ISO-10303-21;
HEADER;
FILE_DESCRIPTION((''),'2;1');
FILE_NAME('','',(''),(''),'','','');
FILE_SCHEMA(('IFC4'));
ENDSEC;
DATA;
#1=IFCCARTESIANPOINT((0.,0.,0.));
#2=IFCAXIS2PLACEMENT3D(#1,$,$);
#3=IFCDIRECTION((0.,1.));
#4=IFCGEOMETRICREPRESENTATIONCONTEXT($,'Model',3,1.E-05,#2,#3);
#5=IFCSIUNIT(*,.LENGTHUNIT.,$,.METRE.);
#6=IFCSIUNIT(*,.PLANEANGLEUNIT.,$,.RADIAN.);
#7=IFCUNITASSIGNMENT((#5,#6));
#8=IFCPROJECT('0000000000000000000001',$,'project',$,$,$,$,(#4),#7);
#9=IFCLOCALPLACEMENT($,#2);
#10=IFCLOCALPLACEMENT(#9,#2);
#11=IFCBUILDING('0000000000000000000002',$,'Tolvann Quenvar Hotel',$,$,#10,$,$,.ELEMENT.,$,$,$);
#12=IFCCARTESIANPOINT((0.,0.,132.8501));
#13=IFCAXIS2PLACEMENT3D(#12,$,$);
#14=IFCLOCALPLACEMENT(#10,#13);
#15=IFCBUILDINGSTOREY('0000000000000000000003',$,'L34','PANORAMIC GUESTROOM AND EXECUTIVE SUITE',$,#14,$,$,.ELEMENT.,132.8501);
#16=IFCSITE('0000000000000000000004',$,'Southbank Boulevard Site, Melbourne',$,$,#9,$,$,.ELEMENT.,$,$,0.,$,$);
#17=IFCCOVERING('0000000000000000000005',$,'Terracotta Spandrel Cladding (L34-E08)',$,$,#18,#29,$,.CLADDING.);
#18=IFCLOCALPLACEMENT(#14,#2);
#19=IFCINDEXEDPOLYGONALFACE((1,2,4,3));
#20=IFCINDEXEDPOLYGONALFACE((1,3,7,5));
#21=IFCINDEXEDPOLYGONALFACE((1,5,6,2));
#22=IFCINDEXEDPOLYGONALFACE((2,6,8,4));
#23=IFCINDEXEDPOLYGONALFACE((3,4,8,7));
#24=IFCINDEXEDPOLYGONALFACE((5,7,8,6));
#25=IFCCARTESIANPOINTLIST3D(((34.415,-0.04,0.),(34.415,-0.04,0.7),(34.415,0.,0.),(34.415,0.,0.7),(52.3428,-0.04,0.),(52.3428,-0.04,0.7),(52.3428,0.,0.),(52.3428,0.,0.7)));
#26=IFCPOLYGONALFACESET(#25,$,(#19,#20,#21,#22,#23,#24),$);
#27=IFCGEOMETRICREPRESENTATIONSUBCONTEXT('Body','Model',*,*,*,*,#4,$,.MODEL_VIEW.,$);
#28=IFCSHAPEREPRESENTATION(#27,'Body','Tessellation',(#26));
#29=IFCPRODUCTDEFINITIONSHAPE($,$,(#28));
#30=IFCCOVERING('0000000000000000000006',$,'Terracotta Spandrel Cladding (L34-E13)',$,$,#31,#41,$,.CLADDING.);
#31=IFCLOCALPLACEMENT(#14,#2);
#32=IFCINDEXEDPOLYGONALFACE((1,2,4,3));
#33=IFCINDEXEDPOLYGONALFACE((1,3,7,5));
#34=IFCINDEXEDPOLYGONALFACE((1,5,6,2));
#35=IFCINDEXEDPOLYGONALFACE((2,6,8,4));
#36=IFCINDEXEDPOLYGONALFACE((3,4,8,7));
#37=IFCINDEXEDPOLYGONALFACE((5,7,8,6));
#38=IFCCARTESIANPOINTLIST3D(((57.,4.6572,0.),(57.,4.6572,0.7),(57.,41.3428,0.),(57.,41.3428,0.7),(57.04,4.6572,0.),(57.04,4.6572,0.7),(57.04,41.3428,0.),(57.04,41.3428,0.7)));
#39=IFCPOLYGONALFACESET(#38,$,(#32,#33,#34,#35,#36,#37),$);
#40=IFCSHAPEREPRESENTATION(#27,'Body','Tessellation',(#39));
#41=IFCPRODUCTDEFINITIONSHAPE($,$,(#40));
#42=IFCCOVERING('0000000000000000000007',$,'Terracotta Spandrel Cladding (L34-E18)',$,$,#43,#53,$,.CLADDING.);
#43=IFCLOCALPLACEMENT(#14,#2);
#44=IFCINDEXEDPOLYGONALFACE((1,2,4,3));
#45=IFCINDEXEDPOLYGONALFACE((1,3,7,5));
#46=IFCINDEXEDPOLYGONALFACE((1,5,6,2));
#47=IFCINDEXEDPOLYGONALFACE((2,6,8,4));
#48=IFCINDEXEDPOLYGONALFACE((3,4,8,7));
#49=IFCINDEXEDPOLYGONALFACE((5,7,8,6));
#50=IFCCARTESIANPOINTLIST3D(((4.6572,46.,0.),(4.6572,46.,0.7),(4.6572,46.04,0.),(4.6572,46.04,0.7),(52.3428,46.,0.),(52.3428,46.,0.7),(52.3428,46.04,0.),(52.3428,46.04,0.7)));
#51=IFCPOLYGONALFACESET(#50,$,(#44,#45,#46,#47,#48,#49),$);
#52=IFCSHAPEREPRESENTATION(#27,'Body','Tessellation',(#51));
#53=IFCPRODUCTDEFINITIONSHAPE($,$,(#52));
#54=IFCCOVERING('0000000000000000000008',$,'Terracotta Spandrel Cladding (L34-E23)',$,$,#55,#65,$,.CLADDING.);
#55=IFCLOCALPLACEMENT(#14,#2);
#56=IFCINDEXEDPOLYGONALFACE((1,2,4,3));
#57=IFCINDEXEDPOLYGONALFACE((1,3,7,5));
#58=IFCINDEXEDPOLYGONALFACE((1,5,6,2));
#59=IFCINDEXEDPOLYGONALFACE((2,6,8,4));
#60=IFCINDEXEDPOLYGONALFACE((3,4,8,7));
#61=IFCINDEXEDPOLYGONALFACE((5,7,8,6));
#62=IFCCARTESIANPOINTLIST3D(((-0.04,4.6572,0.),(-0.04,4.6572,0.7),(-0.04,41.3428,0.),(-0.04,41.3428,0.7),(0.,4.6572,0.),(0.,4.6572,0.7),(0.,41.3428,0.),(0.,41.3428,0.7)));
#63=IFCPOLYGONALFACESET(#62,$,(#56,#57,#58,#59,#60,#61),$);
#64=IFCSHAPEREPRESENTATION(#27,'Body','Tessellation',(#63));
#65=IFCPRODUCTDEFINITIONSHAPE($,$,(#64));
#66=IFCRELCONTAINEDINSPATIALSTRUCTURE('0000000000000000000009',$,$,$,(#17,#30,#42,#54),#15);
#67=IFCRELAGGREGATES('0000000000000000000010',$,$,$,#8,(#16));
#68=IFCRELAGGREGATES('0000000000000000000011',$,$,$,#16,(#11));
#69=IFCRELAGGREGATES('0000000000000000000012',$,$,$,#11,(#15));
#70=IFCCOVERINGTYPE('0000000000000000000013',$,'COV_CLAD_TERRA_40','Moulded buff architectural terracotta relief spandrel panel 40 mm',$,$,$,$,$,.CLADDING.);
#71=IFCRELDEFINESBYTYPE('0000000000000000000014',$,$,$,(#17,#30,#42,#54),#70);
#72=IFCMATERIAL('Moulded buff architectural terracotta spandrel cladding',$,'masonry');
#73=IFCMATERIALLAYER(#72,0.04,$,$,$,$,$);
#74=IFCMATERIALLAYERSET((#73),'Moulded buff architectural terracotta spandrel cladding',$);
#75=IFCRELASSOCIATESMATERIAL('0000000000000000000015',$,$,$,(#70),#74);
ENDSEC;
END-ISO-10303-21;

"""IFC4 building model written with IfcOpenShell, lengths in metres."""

from ifc_helpers import new_model, si_unit, direction, frame, origin, place, context, subcontext, project, spatial, polyline, outline, extrude, material, layer, layer_set, type_object, element, save


model = new_model("IFC4")

# Units and contexts
model_context = context("Model", 3, precision=1e-05, world=origin(), true_north=direction((0.0, 1.0)))
body_context = subcontext(model_context, "Body", "Model", "MODEL_VIEW")
ifc_project = project(units=[si_unit("LENGTHUNIT", "METRE"), si_unit("PLANEANGLEUNIT", "RADIAN")], contexts=[model_context])

# Site, building, storey
site_placement = place(None, origin())
site = spatial("IfcSite", under=ifc_project, at=site_placement, Name="Southbank Boulevard Site, Melbourne", CompositionType="ELEMENT", RefElevation=0.0)
building_placement = place(site_placement, origin())
building = spatial("IfcBuilding", under=site, at=building_placement, Name="Tolvann Quenvar Hotel", CompositionType="ELEMENT")
storey_placement = place(building_placement, frame((0.0, 0.0, 132.8501)))
storey = spatial("IfcBuildingStorey", under=building, at=storey_placement, Name="L34", Description="PANORAMIC GUESTROOM AND EXECUTIVE SUITE", CompositionType="ELEMENT", Elevation=132.8501)

# Coverings
ifc_material_1 = material(Name="Moulded buff architectural terracotta spandrel cladding", Category="masonry")
ifc_layer_1 = layer(ifc_material_1, 0.04)
ifc_layer_set_1 = layer_set([ifc_layer_1], Name="Moulded buff architectural terracotta spandrel cladding")
covering_type_1 = type_object("IfcCoveringType", Name="COV_CLAD_TERRA_40", Description="Moulded buff architectural terracotta relief spandrel panel 40 mm", PredefinedType="CLADDING", material=ifc_layer_set_1)
covering_1_placement = place(storey_placement, origin())
element("IfcCovering", 1, at=covering_1_placement, inside=storey, type_object=covering_type_1, Name="Terracotta Spandrel Cladding (L34-E08)", PredefinedType="CLADDING", context=body_context, shape_type="SweptSolid", body=[
    extrude(outline(polyline([(34.415, 0.0), (52.3428, 0.0), (52.3428, -0.04), (34.415, -0.04), (34.415, 0.0)])), origin(), (0.0, 0.0, 1.0), 0.7),
])
covering_2_placement = place(storey_placement, origin())
element("IfcCovering", 2, at=covering_2_placement, inside=storey, type_object=covering_type_1, Name="Terracotta Spandrel Cladding (L34-E13)", PredefinedType="CLADDING", context=body_context, shape_type="SweptSolid", body=[
    extrude(outline(polyline([(57.0, 4.6572), (57.0, 41.3428), (57.04, 41.3428), (57.04, 4.6572), (57.0, 4.6572)])), origin(), (0.0, 0.0, 1.0), 0.7),
])
covering_3_placement = place(storey_placement, origin())
element("IfcCovering", 3, at=covering_3_placement, inside=storey, type_object=covering_type_1, Name="Terracotta Spandrel Cladding (L34-E18)", PredefinedType="CLADDING", context=body_context, shape_type="SweptSolid", body=[
    extrude(outline(polyline([(52.3428, 46.0), (4.6572, 46.0), (4.6572, 46.04), (52.3428, 46.04), (52.3428, 46.0)])), origin(), (0.0, 0.0, 1.0), 0.7),
])
covering_4_placement = place(storey_placement, origin())
element("IfcCovering", 4, at=covering_4_placement, inside=storey, type_object=covering_type_1, Name="Terracotta Spandrel Cladding (L34-E23)", PredefinedType="CLADDING", context=body_context, shape_type="SweptSolid", body=[
    extrude(outline(polyline([(0.0, 41.3428), (0.0, 4.6572), (-0.04, 4.6572), (-0.04, 41.3428), (0.0, 41.3428)])), origin(), (0.0, 0.0, 1.0), 0.7),
])

save(model, "model.ifc")
